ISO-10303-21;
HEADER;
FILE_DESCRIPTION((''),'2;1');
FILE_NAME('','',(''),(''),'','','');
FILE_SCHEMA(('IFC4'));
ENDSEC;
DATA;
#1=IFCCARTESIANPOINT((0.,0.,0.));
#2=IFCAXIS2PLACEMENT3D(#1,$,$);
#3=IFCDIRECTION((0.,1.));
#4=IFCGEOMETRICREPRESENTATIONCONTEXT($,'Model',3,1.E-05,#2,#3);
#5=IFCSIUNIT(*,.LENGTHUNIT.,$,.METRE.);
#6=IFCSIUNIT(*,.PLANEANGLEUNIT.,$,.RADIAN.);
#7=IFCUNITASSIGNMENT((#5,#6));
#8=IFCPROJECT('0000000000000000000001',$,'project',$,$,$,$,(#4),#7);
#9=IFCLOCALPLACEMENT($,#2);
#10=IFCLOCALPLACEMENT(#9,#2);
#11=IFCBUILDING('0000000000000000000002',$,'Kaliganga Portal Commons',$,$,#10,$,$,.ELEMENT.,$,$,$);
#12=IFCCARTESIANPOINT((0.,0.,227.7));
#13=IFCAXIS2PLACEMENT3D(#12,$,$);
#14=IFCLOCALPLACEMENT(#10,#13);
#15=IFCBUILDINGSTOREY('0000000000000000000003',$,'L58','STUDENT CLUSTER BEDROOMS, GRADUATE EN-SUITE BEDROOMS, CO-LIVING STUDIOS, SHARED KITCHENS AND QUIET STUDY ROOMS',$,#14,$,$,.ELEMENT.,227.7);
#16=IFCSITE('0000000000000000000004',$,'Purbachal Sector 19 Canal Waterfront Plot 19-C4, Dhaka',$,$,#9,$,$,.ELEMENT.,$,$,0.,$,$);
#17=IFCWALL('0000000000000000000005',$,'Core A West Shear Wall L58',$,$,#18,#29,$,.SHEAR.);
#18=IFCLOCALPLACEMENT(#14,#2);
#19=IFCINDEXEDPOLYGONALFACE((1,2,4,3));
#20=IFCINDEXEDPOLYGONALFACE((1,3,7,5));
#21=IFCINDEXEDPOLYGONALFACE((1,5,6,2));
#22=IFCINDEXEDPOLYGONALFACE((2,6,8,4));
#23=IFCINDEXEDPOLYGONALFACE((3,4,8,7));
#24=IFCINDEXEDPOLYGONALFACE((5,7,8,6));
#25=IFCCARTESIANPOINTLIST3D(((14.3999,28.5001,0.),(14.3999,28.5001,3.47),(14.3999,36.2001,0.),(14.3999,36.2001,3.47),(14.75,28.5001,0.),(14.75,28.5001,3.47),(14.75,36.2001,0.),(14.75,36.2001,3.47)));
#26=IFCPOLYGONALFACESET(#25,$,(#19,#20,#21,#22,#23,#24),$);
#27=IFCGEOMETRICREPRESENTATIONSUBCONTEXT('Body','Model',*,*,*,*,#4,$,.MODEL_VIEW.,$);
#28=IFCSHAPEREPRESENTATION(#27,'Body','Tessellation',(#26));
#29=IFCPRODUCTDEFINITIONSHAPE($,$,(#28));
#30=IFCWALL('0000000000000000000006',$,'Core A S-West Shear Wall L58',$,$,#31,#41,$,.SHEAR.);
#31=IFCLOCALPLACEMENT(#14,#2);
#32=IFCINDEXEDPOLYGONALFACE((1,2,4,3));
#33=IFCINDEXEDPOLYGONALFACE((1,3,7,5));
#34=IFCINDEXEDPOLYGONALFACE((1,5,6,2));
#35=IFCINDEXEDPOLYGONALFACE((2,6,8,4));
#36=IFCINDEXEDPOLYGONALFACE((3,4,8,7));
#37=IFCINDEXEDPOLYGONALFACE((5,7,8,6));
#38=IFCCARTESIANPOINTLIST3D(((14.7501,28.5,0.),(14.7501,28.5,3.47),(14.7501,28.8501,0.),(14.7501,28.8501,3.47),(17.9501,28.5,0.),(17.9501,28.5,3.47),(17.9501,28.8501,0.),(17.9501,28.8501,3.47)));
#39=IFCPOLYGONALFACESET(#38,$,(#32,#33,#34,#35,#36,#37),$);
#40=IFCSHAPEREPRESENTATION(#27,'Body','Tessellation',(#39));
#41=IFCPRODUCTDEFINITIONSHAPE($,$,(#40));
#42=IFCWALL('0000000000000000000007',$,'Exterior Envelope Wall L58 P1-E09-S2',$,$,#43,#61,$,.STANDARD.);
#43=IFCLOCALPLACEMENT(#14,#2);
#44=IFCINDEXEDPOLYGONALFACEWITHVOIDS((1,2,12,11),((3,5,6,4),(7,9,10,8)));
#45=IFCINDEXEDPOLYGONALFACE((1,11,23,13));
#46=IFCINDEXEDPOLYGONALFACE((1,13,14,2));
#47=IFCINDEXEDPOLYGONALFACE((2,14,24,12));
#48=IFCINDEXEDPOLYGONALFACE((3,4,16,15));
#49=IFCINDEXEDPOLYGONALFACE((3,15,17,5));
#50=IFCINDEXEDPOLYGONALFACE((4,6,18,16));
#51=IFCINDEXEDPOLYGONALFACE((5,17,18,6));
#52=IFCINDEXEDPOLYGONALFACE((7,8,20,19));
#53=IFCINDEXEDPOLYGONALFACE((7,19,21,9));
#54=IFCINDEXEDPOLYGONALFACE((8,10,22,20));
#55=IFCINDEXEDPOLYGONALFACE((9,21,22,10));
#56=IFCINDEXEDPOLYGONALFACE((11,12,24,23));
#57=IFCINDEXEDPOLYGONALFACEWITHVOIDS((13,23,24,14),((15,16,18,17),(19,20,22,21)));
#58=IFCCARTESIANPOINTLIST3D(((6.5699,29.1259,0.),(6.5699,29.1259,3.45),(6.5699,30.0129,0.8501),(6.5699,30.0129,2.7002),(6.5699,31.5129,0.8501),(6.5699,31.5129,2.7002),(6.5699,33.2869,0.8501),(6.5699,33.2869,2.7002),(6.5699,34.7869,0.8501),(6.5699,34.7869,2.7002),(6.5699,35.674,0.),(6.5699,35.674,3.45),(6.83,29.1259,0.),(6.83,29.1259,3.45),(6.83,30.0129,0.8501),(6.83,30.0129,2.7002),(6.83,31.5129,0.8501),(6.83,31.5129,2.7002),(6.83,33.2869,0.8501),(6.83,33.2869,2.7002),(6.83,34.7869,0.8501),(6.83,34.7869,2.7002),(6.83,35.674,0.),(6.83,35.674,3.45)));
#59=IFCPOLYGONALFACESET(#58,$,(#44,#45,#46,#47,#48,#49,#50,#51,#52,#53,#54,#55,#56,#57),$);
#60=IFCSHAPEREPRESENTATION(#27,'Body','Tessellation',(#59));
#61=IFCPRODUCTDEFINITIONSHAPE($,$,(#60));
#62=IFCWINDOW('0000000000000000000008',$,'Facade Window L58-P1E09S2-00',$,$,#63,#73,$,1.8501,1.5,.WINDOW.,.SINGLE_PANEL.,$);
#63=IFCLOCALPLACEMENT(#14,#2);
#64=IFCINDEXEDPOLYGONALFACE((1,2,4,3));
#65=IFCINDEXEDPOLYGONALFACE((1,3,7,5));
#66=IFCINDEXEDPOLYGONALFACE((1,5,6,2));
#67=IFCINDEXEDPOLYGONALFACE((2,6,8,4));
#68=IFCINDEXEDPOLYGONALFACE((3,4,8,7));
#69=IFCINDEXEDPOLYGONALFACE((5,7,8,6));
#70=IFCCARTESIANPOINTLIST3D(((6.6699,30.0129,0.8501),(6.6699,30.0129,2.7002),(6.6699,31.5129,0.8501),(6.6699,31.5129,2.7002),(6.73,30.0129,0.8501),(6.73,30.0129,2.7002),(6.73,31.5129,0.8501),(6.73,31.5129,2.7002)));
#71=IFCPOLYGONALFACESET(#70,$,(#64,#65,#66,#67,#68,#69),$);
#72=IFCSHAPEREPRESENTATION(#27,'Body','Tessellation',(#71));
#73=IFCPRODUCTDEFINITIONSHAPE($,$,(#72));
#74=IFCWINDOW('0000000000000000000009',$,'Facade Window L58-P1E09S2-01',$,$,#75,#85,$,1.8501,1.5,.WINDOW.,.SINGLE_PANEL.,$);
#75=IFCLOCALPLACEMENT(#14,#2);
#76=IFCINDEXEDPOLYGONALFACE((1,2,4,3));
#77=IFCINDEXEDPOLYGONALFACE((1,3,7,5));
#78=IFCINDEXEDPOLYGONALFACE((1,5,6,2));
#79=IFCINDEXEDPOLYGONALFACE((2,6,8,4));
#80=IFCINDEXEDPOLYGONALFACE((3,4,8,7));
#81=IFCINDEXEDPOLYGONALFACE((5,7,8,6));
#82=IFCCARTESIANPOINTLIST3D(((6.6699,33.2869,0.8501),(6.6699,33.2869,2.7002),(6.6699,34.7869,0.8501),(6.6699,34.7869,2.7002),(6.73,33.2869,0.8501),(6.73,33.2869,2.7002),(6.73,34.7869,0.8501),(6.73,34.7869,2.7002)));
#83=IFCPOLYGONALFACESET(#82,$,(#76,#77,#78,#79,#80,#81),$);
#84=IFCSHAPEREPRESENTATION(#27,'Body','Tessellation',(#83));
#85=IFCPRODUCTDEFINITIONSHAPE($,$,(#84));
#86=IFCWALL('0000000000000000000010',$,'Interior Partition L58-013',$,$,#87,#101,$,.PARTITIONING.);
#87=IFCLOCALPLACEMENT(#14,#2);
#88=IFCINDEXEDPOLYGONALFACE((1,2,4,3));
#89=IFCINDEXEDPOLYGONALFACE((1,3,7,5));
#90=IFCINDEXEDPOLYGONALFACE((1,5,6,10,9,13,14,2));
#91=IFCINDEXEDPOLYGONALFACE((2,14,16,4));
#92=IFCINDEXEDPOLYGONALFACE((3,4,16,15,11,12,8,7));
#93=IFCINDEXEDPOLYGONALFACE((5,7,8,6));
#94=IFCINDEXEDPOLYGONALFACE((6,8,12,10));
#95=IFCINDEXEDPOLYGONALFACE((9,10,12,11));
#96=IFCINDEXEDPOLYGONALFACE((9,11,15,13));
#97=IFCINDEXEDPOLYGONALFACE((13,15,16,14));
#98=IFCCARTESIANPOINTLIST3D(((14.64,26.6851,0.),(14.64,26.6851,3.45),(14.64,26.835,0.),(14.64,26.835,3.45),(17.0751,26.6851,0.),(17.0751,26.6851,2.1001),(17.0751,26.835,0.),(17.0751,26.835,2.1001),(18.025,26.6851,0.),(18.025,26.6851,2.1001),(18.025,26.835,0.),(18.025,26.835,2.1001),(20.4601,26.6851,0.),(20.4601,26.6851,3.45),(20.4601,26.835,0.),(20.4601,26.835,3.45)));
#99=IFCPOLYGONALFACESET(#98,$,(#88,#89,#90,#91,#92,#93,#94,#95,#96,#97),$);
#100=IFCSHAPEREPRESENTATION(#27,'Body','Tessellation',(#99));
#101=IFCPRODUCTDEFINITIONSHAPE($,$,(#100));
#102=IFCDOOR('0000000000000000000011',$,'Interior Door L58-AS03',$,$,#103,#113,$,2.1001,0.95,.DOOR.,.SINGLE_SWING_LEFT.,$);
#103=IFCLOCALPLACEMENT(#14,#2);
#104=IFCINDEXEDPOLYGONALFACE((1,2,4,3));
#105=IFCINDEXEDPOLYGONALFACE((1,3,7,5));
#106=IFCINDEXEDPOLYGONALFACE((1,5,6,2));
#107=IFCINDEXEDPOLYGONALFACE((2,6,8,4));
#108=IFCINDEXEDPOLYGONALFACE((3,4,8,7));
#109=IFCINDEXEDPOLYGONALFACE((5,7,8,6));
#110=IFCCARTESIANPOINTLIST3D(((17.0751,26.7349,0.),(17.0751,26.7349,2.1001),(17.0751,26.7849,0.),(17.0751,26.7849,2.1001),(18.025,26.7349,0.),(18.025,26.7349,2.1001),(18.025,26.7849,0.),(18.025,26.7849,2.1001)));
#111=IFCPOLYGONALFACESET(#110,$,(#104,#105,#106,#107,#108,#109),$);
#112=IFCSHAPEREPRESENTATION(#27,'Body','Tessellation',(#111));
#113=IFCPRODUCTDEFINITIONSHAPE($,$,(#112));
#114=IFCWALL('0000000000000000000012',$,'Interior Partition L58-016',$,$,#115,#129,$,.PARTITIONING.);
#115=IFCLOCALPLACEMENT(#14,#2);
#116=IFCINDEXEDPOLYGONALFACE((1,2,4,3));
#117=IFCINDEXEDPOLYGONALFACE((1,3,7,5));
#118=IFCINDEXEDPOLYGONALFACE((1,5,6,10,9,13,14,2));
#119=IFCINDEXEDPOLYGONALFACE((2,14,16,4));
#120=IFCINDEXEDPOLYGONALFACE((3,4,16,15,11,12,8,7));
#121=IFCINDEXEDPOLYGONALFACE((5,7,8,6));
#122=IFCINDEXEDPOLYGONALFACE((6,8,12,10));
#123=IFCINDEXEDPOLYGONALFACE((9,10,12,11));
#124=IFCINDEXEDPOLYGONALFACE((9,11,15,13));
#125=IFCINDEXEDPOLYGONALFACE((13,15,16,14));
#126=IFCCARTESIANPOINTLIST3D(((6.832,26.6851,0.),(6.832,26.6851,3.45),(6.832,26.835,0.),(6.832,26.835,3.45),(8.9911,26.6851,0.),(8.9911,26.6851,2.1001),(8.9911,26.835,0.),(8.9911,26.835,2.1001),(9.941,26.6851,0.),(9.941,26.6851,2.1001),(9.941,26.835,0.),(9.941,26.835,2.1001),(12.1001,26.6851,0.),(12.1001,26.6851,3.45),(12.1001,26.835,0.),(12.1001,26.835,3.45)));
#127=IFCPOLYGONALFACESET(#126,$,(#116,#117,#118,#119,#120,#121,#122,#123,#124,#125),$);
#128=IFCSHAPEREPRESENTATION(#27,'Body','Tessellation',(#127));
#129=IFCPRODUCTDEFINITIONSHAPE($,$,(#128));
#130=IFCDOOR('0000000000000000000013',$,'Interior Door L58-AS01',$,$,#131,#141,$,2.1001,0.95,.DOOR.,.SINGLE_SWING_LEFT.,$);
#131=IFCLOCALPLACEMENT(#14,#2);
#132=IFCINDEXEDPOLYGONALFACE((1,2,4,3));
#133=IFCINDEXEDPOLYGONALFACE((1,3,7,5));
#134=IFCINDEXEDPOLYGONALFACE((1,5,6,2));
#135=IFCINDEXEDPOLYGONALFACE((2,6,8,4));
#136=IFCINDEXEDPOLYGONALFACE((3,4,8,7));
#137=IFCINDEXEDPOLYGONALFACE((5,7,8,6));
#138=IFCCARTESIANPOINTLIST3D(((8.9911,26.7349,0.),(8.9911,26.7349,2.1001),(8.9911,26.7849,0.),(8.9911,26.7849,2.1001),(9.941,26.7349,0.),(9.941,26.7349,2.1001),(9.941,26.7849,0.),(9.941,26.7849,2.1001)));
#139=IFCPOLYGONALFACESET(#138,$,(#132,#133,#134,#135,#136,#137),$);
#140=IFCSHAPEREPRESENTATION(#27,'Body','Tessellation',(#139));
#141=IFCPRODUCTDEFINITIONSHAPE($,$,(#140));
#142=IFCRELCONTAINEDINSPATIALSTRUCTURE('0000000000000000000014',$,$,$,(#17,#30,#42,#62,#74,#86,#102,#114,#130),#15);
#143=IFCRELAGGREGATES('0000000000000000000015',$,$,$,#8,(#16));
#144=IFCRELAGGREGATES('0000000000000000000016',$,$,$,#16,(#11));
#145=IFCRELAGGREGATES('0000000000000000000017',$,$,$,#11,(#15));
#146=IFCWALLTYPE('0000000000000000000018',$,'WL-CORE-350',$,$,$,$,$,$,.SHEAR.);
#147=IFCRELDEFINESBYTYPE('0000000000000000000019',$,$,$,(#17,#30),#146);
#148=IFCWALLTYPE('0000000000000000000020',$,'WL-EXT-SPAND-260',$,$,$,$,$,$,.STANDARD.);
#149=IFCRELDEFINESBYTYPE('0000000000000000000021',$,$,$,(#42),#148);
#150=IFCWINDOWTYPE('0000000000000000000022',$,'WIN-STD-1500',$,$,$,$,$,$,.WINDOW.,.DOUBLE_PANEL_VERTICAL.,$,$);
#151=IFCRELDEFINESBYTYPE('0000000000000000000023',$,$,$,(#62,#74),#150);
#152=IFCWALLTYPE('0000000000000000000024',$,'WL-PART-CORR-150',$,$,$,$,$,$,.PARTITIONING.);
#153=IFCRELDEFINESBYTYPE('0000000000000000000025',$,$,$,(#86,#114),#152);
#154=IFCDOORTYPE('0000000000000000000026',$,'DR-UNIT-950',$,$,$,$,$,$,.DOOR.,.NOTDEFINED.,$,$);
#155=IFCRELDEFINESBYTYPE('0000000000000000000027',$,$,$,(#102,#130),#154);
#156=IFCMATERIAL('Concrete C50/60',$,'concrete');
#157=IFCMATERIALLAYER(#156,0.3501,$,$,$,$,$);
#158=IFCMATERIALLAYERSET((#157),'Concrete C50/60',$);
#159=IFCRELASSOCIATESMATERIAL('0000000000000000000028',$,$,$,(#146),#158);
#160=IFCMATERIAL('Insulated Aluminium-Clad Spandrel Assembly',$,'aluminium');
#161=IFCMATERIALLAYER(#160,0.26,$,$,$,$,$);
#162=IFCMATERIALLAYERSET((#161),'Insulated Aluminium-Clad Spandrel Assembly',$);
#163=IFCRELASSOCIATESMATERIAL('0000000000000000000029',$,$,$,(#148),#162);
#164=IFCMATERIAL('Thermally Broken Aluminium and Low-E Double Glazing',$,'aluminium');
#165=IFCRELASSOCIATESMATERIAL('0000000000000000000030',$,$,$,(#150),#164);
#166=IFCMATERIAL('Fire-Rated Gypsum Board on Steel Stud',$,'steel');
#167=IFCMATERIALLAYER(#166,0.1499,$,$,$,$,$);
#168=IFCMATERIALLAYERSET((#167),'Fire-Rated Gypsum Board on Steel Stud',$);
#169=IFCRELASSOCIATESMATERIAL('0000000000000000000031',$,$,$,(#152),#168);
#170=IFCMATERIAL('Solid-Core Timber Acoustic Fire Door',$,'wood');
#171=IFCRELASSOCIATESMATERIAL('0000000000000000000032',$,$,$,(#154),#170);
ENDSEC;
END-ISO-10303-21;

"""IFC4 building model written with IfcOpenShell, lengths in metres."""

from ifc_helpers import new_model, si_unit, direction, frame, frame_2d, origin, place, context, subcontext, project, spatial, rectangle, extrude, material, layer, layer_set, type_object, element, fill, save


model = new_model("IFC4")

# Units and contexts
model_context = context("Model", 3, precision=1e-05, world=origin(), true_north=direction((0.0, 1.0)))
body_context = subcontext(model_context, "Body", "Model", "MODEL_VIEW")
ifc_project = project(units=[si_unit("LENGTHUNIT", "METRE"), si_unit("PLANEANGLEUNIT", "RADIAN")], contexts=[model_context])

# Site, building, storey
site_placement = place(None, origin())
site = spatial("IfcSite", under=ifc_project, at=site_placement, Name="Purbachal Sector 19 Canal Waterfront Plot 19-C4, Dhaka", CompositionType="ELEMENT", RefElevation=0.0)
building_placement = place(site_placement, origin())
building = spatial("IfcBuilding", under=site, at=building_placement, Name="Kaliganga Portal Commons", CompositionType="ELEMENT")
storey_placement = place(building_placement, frame((0.0, 0.0, 227.7)))
storey = spatial("IfcBuildingStorey", under=building, at=storey_placement, Name="L58", Description="STUDENT CLUSTER BEDROOMS, GRADUATE EN-SUITE BEDROOMS, CO-LIVING STUDIOS, SHARED KITCHENS AND QUIET STUDY ROOMS", CompositionType="ELEMENT", Elevation=227.7)

# Shared definitions
ifc_material_1 = material(Name="Concrete C50/60", Category="concrete")

# Walls
ifc_layer_1 = layer(ifc_material_1, 0.3501)
ifc_layer_set_1 = layer_set([ifc_layer_1], Name="Concrete C50/60")
wall_type_1 = type_object("IfcWallType", Name="WL-CORE-350", PredefinedType="SHEAR", material=ifc_layer_set_1)
wall_1_placement = place(storey_placement, frame((14.575, 28.5, 0.0), z_axis=(0.0, 0.0, 1.0), x_axis=(0.0, 1.0, 0.0)))
element("IfcWall", 1, at=wall_1_placement, inside=storey, type_object=wall_type_1, Name="Core A West Shear Wall L58", PredefinedType="SHEAR", context=body_context, shape_type="SweptSolid", body=[
    extrude(rectangle(XDim=7.7, YDim=0.3501, at=frame_2d((3.8501, 0.0))), origin(), (0.0, 0.0, 1.0), 3.47),
])
wall_2_placement = place(storey_placement, frame((14.75, 28.675, 0.0), z_axis=(0.0, 0.0, 1.0), x_axis=(1.0, 0.0, 0.0)))
element("IfcWall", 2, at=wall_2_placement, inside=storey, type_object=wall_type_1, Name="Core A S-West Shear Wall L58", PredefinedType="SHEAR", context=body_context, shape_type="SweptSolid", body=[
    extrude(rectangle(XDim=3.2, YDim=0.3501, at=frame_2d((1.6001, 0.0))), origin(), (0.0, 0.0, 1.0), 3.47),
])

# Wall, openings, windows
ifc_material_2 = material(Name="Insulated Aluminium-Clad Spandrel Assembly", Category="aluminium")
ifc_layer_2 = layer(ifc_material_2, 0.26)
ifc_layer_set_2 = layer_set([ifc_layer_2], Name="Insulated Aluminium-Clad Spandrel Assembly")
wall_type_2 = type_object("IfcWallType", Name="WL-EXT-SPAND-260", PredefinedType="STANDARD", material=ifc_layer_set_2)
wall_3_placement = place(storey_placement, frame((6.7, 29.126, 0.0), z_axis=(0.0, 0.0, 1.0), x_axis=(0.0, 1.0, 0.0)))
wall_3 = element("IfcWall", 3, at=wall_3_placement, inside=storey, type_object=wall_type_2, Name="Exterior Envelope Wall L58 P1-E09-S2", PredefinedType="STANDARD", context=body_context, shape_type="SweptSolid", body=[
    extrude(rectangle(XDim=6.5481, YDim=0.26, at=frame_2d((3.2739, 0.0))), origin(), (0.0, 0.0, 1.0), 3.45),
])
opening_1_placement = place(wall_3_placement, frame((0.887, 0.0, 0.8501)))
opening_1 = element("IfcOpeningElement", 4, at=opening_1_placement, cuts=wall_3, PredefinedType="OPENING", context=body_context, shape_type="SweptSolid", body=[
    extrude(rectangle(XDim=1.5, YDim=1.8501, at=frame_2d((0.75, 0.925))), frame((0.0, 0.1401, 0.0), z_axis=(0.0, -1.0, 0.0), x_axis=(1.0, 0.0, 0.0)), (0.0, 0.0, 1.0), 0.28),
])
opening_2_placement = place(wall_3_placement, frame((4.1609, 0.0, 0.8501)))
opening_2 = element("IfcOpeningElement", 5, at=opening_2_placement, cuts=wall_3, PredefinedType="OPENING", context=body_context, shape_type="SweptSolid", body=[
    extrude(rectangle(XDim=1.5, YDim=1.8501, at=frame_2d((0.75, 0.925))), frame((0.0, 0.1401, 0.0), z_axis=(0.0, -1.0, 0.0), x_axis=(1.0, 0.0, 0.0)), (0.0, 0.0, 1.0), 0.28),
])
ifc_material_3 = material(Name="Thermally Broken Aluminium and Low-E Double Glazing", Category="aluminium")
window_type = type_object("IfcWindowType", Name="WIN-STD-1500", PartitioningType="DOUBLE_PANEL_VERTICAL", PredefinedType="WINDOW", material=ifc_material_3)
window_1_placement = place(opening_1_placement, origin())
window_1 = element("IfcWindow", 6, at=window_1_placement, inside=storey, type_object=window_type, Name="Facade Window L58-P1E09S2-00", OverallHeight=1.8501, OverallWidth=1.5, PartitioningType="SINGLE_PANEL", PredefinedType="WINDOW", context=body_context, shape_type="SweptSolid", body=[
    extrude(rectangle(XDim=1.5, YDim=1.8501, at=frame_2d((0.75, 0.925))), frame((0.0, 0.03, 0.0), z_axis=(0.0, -1.0, 0.0), x_axis=(1.0, 0.0, 0.0)), (0.0, 0.0, 1.0), 0.0601),
])
fill(opening_1, window_1)
window_2_placement = place(opening_2_placement, origin())
window_2 = element("IfcWindow", 7, at=window_2_placement, inside=storey, type_object=window_type, Name="Facade Window L58-P1E09S2-01", OverallHeight=1.8501, OverallWidth=1.5, PartitioningType="SINGLE_PANEL", PredefinedType="WINDOW", context=body_context, shape_type="SweptSolid", body=[
    extrude(rectangle(XDim=1.5, YDim=1.8501, at=frame_2d((0.75, 0.925))), frame((0.0, 0.03, 0.0), z_axis=(0.0, -1.0, 0.0), x_axis=(1.0, 0.0, 0.0)), (0.0, 0.0, 1.0), 0.0601),
])
fill(opening_2, window_2)

# Walls, openings, doors
ifc_material_4 = material(Name="Fire-Rated Gypsum Board on Steel Stud", Category="steel")
ifc_layer_3 = layer(ifc_material_4, 0.1499)
ifc_layer_set_3 = layer_set([ifc_layer_3], Name="Fire-Rated Gypsum Board on Steel Stud")
wall_type_3 = type_object("IfcWallType", Name="WL-PART-CORR-150", PredefinedType="PARTITIONING", material=ifc_layer_set_3)
wall_4_placement = place(storey_placement, frame((14.6399, 26.76, 0.0), z_axis=(0.0, 0.0, 1.0), x_axis=(1.0, 0.0, 0.0)))
wall_4 = element("IfcWall", 8, at=wall_4_placement, inside=storey, type_object=wall_type_3, Name="Interior Partition L58-013", PredefinedType="PARTITIONING", context=body_context, shape_type="SweptSolid", body=[
    extrude(rectangle(XDim=5.8201, YDim=0.1499, at=frame_2d((2.9102, 0.0))), origin(), (0.0, 0.0, 1.0), 3.45),
])
opening_3_placement = place(wall_4_placement, frame((2.4351, 0.0, 0.0)))
opening_3 = element("IfcOpeningElement", 9, at=opening_3_placement, cuts=wall_4, PredefinedType="OPENING", context=body_context, shape_type="SweptSolid", body=[
    extrude(rectangle(XDim=0.95, YDim=2.1001, at=frame_2d((0.4751, 1.05))), frame((0.0, 0.085, 0.0), z_axis=(0.0, -1.0, 0.0), x_axis=(1.0, 0.0, 0.0)), (0.0, 0.0, 1.0), 0.1699),
])
ifc_material_5 = material(Name="Solid-Core Timber Acoustic Fire Door", Category="wood")
door_type_1 = type_object("IfcDoorType", Name="DR-UNIT-950", OperationType="NOTDEFINED", PredefinedType="DOOR", material=ifc_material_5)
door_1_placement = place(opening_3_placement, origin())
door_1 = element("IfcDoor", 10, at=door_1_placement, inside=storey, type_object=door_type_1, Name="Interior Door L58-AS03", OperationType="SINGLE_SWING_LEFT", OverallHeight=2.1001, OverallWidth=0.95, PredefinedType="DOOR", context=body_context, shape_type="SweptSolid", body=[
    extrude(rectangle(XDim=0.95, YDim=2.1001, at=frame_2d((0.4751, 1.05))), frame((0.0, 0.0249, 0.0), z_axis=(0.0, -1.0, 0.0), x_axis=(1.0, 0.0, 0.0)), (0.0, 0.0, 1.0), 0.05),
])
fill(opening_3, door_1)
wall_5_placement = place(storey_placement, frame((6.832, 26.76, 0.0), z_axis=(0.0, 0.0, 1.0), x_axis=(1.0, 0.0, 0.0)))
wall_5 = element("IfcWall", 11, at=wall_5_placement, inside=storey, type_object=wall_type_3, Name="Interior Partition L58-016", PredefinedType="PARTITIONING", context=body_context, shape_type="SweptSolid", body=[
    extrude(rectangle(XDim=5.2681, YDim=0.1499, at=frame_2d((2.634, 0.0))), origin(), (0.0, 0.0, 1.0), 3.45),
])
opening_4_placement = place(wall_5_placement, frame((2.1589, 0.0, 0.0)))
opening_4 = element("IfcOpeningElement", 12, at=opening_4_placement, cuts=wall_5, PredefinedType="OPENING", context=body_context, shape_type="SweptSolid", body=[
    extrude(rectangle(XDim=0.95, YDim=2.1001, at=frame_2d((0.4751, 1.05))), frame((0.0, 0.085, 0.0), z_axis=(0.0, -1.0, 0.0), x_axis=(1.0, 0.0, 0.0)), (0.0, 0.0, 1.0), 0.1699),
])
door_2_placement = place(opening_4_placement, origin())
door_2 = element("IfcDoor", 13, at=door_2_placement, inside=storey, type_object=door_type_1, Name="Interior Door L58-AS01", OperationType="SINGLE_SWING_LEFT", OverallHeight=2.1001, OverallWidth=0.95, PredefinedType="DOOR", context=body_context, shape_type="SweptSolid", body=[
    extrude(rectangle(XDim=0.95, YDim=2.1001, at=frame_2d((0.4751, 1.05))), frame((0.0, 0.0249, 0.0), z_axis=(0.0, -1.0, 0.0), x_axis=(1.0, 0.0, 0.0)), (0.0, 0.0, 1.0), 0.05),
])
fill(opening_4, door_2)

save(model, "model.ifc")
